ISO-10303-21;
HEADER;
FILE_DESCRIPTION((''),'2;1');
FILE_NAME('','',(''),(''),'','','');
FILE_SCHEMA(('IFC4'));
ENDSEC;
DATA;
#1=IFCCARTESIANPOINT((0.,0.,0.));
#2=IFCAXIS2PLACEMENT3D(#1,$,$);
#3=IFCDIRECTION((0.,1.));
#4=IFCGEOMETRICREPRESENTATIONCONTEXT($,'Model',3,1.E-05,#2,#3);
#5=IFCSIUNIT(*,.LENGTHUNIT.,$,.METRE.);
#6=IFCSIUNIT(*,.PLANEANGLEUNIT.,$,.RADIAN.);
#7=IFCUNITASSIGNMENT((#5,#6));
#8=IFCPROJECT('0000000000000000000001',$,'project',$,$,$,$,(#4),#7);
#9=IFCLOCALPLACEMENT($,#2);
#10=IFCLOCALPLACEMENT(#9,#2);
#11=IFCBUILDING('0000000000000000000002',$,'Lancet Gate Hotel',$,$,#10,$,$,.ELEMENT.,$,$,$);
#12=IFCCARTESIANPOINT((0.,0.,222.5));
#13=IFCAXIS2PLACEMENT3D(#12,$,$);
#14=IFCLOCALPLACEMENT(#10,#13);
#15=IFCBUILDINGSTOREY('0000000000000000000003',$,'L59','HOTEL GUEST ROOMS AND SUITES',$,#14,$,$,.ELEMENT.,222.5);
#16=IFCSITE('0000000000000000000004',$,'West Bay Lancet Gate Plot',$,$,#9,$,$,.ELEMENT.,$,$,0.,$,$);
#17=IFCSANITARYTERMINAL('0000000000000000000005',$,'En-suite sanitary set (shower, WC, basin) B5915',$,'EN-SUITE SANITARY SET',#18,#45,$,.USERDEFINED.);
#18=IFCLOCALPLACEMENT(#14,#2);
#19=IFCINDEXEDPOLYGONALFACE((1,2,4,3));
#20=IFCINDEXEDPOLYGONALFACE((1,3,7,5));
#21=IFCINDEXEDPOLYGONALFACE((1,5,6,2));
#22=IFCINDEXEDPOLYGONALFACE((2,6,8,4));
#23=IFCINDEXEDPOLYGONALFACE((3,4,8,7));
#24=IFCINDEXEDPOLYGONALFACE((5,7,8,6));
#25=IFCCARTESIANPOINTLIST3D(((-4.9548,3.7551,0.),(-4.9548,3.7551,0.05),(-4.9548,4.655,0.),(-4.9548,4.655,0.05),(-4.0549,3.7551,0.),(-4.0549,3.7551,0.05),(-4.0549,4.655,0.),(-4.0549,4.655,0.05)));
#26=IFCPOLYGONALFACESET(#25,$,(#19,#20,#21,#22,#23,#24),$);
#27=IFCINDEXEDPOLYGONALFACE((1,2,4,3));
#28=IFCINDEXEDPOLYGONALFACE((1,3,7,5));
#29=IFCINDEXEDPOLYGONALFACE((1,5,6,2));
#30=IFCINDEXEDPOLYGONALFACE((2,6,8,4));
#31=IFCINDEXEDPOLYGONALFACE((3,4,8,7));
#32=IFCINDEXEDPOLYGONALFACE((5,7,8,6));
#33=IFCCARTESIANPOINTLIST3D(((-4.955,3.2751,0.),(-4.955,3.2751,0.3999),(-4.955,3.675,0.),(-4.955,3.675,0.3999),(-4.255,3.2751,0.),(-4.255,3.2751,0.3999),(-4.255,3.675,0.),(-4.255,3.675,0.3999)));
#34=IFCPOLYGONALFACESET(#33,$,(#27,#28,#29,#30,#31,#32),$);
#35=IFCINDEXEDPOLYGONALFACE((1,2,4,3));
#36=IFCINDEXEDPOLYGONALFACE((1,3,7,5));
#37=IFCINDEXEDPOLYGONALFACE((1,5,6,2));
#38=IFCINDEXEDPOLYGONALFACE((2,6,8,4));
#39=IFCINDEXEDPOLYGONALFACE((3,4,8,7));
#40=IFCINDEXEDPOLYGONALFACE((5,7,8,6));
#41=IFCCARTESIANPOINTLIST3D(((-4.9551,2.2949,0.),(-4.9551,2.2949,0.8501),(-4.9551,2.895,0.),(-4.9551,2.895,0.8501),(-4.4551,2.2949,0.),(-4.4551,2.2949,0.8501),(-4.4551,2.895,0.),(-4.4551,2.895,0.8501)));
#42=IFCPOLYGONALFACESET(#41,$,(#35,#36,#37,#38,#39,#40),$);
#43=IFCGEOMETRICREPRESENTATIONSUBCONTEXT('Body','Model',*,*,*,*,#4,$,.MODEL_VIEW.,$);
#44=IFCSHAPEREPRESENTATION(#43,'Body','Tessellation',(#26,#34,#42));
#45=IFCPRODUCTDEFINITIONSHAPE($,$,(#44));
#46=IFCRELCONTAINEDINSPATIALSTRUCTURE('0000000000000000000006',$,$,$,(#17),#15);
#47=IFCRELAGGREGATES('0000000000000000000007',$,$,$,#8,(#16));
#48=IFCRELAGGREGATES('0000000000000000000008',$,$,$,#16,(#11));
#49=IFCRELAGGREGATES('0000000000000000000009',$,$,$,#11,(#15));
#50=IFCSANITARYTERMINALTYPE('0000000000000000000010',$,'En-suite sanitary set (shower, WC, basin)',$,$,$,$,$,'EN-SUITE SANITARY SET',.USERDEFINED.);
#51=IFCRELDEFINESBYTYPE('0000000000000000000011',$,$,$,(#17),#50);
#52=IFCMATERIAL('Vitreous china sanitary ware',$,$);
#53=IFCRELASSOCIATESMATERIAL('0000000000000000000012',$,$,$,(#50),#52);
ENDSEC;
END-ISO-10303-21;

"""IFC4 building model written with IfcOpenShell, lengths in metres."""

from ifc_helpers import new_model, si_unit, direction, frame, origin, origin_2d, place, context, subcontext, project, spatial, rectangle, extrude, material, type_object, element, save


model = new_model("IFC4")

# Units and contexts
model_context = context("Model", 3, precision=1e-05, world=origin(), true_north=direction((0.0, 1.0)))
body_context = subcontext(model_context, "Body", "Model", "MODEL_VIEW")
ifc_project = project(units=[si_unit("LENGTHUNIT", "METRE"), si_unit("PLANEANGLEUNIT", "RADIAN")], contexts=[model_context])

# Site, building, storey
site_placement = place(None, origin())
site = spatial("IfcSite", under=ifc_project, at=site_placement, Name="West Bay Lancet Gate Plot", CompositionType="ELEMENT", RefElevation=0.0)
building_placement = place(site_placement, origin())
building = spatial("IfcBuilding", under=site, at=building_placement, Name="Lancet Gate Hotel", CompositionType="ELEMENT")
storey_placement = place(building_placement, frame((0.0, 0.0, 222.5)))
storey = spatial("IfcBuildingStorey", under=building, at=storey_placement, Name="L59", Description="HOTEL GUEST ROOMS AND SUITES", CompositionType="ELEMENT", Elevation=222.5)

# Sanitary terminal
ifc_material_1 = material(Name="Vitreous china sanitary ware")
sanitary_terminal_type = type_object("IfcSanitaryTerminalType", Name="En-suite sanitary set (shower, WC, basin)", ElementType="EN-SUITE SANITARY SET", PredefinedType="USERDEFINED", material=ifc_material_1)
sanitary_terminal_placement = place(storey_placement, frame((-4.5049, 4.2051, 0.0), z_axis=(0.0, 0.0, 1.0), x_axis=(1.0, 0.0, 0.0)))
element("IfcSanitaryTerminal", 1, at=sanitary_terminal_placement, inside=storey, type_object=sanitary_terminal_type, Name="En-suite sanitary set (shower, WC, basin) B5915", ObjectType="EN-SUITE SANITARY SET", PredefinedType="USERDEFINED", context=body_context, shape_type="SweptSolid", body=[
    extrude(rectangle(XDim=0.8999, YDim=0.8999, at=origin_2d()), frame((0.0, 0.0, 0.0), z_axis=(0.0, 0.0, 1.0), x_axis=(0.0, 1.0, 0.0)), (0.0, 0.0, 1.0), 0.05),
    extrude(rectangle(XDim=0.3999, YDim=0.7, at=origin_2d()), frame((-0.1001, -0.73, 0.0), z_axis=(0.0, 0.0, 1.0), x_axis=(0.0, 1.0, 0.0)), (0.0, 0.0, 1.0), 0.3999),
    extrude(rectangle(XDim=0.6001, YDim=0.5, at=origin_2d()), frame((-0.2002, -1.6101, 0.0), z_axis=(0.0, 0.0, 1.0), x_axis=(0.0, 1.0, 0.0)), (0.0, 0.0, 1.0), 0.8501),
])

save(model, "model.ifc")
